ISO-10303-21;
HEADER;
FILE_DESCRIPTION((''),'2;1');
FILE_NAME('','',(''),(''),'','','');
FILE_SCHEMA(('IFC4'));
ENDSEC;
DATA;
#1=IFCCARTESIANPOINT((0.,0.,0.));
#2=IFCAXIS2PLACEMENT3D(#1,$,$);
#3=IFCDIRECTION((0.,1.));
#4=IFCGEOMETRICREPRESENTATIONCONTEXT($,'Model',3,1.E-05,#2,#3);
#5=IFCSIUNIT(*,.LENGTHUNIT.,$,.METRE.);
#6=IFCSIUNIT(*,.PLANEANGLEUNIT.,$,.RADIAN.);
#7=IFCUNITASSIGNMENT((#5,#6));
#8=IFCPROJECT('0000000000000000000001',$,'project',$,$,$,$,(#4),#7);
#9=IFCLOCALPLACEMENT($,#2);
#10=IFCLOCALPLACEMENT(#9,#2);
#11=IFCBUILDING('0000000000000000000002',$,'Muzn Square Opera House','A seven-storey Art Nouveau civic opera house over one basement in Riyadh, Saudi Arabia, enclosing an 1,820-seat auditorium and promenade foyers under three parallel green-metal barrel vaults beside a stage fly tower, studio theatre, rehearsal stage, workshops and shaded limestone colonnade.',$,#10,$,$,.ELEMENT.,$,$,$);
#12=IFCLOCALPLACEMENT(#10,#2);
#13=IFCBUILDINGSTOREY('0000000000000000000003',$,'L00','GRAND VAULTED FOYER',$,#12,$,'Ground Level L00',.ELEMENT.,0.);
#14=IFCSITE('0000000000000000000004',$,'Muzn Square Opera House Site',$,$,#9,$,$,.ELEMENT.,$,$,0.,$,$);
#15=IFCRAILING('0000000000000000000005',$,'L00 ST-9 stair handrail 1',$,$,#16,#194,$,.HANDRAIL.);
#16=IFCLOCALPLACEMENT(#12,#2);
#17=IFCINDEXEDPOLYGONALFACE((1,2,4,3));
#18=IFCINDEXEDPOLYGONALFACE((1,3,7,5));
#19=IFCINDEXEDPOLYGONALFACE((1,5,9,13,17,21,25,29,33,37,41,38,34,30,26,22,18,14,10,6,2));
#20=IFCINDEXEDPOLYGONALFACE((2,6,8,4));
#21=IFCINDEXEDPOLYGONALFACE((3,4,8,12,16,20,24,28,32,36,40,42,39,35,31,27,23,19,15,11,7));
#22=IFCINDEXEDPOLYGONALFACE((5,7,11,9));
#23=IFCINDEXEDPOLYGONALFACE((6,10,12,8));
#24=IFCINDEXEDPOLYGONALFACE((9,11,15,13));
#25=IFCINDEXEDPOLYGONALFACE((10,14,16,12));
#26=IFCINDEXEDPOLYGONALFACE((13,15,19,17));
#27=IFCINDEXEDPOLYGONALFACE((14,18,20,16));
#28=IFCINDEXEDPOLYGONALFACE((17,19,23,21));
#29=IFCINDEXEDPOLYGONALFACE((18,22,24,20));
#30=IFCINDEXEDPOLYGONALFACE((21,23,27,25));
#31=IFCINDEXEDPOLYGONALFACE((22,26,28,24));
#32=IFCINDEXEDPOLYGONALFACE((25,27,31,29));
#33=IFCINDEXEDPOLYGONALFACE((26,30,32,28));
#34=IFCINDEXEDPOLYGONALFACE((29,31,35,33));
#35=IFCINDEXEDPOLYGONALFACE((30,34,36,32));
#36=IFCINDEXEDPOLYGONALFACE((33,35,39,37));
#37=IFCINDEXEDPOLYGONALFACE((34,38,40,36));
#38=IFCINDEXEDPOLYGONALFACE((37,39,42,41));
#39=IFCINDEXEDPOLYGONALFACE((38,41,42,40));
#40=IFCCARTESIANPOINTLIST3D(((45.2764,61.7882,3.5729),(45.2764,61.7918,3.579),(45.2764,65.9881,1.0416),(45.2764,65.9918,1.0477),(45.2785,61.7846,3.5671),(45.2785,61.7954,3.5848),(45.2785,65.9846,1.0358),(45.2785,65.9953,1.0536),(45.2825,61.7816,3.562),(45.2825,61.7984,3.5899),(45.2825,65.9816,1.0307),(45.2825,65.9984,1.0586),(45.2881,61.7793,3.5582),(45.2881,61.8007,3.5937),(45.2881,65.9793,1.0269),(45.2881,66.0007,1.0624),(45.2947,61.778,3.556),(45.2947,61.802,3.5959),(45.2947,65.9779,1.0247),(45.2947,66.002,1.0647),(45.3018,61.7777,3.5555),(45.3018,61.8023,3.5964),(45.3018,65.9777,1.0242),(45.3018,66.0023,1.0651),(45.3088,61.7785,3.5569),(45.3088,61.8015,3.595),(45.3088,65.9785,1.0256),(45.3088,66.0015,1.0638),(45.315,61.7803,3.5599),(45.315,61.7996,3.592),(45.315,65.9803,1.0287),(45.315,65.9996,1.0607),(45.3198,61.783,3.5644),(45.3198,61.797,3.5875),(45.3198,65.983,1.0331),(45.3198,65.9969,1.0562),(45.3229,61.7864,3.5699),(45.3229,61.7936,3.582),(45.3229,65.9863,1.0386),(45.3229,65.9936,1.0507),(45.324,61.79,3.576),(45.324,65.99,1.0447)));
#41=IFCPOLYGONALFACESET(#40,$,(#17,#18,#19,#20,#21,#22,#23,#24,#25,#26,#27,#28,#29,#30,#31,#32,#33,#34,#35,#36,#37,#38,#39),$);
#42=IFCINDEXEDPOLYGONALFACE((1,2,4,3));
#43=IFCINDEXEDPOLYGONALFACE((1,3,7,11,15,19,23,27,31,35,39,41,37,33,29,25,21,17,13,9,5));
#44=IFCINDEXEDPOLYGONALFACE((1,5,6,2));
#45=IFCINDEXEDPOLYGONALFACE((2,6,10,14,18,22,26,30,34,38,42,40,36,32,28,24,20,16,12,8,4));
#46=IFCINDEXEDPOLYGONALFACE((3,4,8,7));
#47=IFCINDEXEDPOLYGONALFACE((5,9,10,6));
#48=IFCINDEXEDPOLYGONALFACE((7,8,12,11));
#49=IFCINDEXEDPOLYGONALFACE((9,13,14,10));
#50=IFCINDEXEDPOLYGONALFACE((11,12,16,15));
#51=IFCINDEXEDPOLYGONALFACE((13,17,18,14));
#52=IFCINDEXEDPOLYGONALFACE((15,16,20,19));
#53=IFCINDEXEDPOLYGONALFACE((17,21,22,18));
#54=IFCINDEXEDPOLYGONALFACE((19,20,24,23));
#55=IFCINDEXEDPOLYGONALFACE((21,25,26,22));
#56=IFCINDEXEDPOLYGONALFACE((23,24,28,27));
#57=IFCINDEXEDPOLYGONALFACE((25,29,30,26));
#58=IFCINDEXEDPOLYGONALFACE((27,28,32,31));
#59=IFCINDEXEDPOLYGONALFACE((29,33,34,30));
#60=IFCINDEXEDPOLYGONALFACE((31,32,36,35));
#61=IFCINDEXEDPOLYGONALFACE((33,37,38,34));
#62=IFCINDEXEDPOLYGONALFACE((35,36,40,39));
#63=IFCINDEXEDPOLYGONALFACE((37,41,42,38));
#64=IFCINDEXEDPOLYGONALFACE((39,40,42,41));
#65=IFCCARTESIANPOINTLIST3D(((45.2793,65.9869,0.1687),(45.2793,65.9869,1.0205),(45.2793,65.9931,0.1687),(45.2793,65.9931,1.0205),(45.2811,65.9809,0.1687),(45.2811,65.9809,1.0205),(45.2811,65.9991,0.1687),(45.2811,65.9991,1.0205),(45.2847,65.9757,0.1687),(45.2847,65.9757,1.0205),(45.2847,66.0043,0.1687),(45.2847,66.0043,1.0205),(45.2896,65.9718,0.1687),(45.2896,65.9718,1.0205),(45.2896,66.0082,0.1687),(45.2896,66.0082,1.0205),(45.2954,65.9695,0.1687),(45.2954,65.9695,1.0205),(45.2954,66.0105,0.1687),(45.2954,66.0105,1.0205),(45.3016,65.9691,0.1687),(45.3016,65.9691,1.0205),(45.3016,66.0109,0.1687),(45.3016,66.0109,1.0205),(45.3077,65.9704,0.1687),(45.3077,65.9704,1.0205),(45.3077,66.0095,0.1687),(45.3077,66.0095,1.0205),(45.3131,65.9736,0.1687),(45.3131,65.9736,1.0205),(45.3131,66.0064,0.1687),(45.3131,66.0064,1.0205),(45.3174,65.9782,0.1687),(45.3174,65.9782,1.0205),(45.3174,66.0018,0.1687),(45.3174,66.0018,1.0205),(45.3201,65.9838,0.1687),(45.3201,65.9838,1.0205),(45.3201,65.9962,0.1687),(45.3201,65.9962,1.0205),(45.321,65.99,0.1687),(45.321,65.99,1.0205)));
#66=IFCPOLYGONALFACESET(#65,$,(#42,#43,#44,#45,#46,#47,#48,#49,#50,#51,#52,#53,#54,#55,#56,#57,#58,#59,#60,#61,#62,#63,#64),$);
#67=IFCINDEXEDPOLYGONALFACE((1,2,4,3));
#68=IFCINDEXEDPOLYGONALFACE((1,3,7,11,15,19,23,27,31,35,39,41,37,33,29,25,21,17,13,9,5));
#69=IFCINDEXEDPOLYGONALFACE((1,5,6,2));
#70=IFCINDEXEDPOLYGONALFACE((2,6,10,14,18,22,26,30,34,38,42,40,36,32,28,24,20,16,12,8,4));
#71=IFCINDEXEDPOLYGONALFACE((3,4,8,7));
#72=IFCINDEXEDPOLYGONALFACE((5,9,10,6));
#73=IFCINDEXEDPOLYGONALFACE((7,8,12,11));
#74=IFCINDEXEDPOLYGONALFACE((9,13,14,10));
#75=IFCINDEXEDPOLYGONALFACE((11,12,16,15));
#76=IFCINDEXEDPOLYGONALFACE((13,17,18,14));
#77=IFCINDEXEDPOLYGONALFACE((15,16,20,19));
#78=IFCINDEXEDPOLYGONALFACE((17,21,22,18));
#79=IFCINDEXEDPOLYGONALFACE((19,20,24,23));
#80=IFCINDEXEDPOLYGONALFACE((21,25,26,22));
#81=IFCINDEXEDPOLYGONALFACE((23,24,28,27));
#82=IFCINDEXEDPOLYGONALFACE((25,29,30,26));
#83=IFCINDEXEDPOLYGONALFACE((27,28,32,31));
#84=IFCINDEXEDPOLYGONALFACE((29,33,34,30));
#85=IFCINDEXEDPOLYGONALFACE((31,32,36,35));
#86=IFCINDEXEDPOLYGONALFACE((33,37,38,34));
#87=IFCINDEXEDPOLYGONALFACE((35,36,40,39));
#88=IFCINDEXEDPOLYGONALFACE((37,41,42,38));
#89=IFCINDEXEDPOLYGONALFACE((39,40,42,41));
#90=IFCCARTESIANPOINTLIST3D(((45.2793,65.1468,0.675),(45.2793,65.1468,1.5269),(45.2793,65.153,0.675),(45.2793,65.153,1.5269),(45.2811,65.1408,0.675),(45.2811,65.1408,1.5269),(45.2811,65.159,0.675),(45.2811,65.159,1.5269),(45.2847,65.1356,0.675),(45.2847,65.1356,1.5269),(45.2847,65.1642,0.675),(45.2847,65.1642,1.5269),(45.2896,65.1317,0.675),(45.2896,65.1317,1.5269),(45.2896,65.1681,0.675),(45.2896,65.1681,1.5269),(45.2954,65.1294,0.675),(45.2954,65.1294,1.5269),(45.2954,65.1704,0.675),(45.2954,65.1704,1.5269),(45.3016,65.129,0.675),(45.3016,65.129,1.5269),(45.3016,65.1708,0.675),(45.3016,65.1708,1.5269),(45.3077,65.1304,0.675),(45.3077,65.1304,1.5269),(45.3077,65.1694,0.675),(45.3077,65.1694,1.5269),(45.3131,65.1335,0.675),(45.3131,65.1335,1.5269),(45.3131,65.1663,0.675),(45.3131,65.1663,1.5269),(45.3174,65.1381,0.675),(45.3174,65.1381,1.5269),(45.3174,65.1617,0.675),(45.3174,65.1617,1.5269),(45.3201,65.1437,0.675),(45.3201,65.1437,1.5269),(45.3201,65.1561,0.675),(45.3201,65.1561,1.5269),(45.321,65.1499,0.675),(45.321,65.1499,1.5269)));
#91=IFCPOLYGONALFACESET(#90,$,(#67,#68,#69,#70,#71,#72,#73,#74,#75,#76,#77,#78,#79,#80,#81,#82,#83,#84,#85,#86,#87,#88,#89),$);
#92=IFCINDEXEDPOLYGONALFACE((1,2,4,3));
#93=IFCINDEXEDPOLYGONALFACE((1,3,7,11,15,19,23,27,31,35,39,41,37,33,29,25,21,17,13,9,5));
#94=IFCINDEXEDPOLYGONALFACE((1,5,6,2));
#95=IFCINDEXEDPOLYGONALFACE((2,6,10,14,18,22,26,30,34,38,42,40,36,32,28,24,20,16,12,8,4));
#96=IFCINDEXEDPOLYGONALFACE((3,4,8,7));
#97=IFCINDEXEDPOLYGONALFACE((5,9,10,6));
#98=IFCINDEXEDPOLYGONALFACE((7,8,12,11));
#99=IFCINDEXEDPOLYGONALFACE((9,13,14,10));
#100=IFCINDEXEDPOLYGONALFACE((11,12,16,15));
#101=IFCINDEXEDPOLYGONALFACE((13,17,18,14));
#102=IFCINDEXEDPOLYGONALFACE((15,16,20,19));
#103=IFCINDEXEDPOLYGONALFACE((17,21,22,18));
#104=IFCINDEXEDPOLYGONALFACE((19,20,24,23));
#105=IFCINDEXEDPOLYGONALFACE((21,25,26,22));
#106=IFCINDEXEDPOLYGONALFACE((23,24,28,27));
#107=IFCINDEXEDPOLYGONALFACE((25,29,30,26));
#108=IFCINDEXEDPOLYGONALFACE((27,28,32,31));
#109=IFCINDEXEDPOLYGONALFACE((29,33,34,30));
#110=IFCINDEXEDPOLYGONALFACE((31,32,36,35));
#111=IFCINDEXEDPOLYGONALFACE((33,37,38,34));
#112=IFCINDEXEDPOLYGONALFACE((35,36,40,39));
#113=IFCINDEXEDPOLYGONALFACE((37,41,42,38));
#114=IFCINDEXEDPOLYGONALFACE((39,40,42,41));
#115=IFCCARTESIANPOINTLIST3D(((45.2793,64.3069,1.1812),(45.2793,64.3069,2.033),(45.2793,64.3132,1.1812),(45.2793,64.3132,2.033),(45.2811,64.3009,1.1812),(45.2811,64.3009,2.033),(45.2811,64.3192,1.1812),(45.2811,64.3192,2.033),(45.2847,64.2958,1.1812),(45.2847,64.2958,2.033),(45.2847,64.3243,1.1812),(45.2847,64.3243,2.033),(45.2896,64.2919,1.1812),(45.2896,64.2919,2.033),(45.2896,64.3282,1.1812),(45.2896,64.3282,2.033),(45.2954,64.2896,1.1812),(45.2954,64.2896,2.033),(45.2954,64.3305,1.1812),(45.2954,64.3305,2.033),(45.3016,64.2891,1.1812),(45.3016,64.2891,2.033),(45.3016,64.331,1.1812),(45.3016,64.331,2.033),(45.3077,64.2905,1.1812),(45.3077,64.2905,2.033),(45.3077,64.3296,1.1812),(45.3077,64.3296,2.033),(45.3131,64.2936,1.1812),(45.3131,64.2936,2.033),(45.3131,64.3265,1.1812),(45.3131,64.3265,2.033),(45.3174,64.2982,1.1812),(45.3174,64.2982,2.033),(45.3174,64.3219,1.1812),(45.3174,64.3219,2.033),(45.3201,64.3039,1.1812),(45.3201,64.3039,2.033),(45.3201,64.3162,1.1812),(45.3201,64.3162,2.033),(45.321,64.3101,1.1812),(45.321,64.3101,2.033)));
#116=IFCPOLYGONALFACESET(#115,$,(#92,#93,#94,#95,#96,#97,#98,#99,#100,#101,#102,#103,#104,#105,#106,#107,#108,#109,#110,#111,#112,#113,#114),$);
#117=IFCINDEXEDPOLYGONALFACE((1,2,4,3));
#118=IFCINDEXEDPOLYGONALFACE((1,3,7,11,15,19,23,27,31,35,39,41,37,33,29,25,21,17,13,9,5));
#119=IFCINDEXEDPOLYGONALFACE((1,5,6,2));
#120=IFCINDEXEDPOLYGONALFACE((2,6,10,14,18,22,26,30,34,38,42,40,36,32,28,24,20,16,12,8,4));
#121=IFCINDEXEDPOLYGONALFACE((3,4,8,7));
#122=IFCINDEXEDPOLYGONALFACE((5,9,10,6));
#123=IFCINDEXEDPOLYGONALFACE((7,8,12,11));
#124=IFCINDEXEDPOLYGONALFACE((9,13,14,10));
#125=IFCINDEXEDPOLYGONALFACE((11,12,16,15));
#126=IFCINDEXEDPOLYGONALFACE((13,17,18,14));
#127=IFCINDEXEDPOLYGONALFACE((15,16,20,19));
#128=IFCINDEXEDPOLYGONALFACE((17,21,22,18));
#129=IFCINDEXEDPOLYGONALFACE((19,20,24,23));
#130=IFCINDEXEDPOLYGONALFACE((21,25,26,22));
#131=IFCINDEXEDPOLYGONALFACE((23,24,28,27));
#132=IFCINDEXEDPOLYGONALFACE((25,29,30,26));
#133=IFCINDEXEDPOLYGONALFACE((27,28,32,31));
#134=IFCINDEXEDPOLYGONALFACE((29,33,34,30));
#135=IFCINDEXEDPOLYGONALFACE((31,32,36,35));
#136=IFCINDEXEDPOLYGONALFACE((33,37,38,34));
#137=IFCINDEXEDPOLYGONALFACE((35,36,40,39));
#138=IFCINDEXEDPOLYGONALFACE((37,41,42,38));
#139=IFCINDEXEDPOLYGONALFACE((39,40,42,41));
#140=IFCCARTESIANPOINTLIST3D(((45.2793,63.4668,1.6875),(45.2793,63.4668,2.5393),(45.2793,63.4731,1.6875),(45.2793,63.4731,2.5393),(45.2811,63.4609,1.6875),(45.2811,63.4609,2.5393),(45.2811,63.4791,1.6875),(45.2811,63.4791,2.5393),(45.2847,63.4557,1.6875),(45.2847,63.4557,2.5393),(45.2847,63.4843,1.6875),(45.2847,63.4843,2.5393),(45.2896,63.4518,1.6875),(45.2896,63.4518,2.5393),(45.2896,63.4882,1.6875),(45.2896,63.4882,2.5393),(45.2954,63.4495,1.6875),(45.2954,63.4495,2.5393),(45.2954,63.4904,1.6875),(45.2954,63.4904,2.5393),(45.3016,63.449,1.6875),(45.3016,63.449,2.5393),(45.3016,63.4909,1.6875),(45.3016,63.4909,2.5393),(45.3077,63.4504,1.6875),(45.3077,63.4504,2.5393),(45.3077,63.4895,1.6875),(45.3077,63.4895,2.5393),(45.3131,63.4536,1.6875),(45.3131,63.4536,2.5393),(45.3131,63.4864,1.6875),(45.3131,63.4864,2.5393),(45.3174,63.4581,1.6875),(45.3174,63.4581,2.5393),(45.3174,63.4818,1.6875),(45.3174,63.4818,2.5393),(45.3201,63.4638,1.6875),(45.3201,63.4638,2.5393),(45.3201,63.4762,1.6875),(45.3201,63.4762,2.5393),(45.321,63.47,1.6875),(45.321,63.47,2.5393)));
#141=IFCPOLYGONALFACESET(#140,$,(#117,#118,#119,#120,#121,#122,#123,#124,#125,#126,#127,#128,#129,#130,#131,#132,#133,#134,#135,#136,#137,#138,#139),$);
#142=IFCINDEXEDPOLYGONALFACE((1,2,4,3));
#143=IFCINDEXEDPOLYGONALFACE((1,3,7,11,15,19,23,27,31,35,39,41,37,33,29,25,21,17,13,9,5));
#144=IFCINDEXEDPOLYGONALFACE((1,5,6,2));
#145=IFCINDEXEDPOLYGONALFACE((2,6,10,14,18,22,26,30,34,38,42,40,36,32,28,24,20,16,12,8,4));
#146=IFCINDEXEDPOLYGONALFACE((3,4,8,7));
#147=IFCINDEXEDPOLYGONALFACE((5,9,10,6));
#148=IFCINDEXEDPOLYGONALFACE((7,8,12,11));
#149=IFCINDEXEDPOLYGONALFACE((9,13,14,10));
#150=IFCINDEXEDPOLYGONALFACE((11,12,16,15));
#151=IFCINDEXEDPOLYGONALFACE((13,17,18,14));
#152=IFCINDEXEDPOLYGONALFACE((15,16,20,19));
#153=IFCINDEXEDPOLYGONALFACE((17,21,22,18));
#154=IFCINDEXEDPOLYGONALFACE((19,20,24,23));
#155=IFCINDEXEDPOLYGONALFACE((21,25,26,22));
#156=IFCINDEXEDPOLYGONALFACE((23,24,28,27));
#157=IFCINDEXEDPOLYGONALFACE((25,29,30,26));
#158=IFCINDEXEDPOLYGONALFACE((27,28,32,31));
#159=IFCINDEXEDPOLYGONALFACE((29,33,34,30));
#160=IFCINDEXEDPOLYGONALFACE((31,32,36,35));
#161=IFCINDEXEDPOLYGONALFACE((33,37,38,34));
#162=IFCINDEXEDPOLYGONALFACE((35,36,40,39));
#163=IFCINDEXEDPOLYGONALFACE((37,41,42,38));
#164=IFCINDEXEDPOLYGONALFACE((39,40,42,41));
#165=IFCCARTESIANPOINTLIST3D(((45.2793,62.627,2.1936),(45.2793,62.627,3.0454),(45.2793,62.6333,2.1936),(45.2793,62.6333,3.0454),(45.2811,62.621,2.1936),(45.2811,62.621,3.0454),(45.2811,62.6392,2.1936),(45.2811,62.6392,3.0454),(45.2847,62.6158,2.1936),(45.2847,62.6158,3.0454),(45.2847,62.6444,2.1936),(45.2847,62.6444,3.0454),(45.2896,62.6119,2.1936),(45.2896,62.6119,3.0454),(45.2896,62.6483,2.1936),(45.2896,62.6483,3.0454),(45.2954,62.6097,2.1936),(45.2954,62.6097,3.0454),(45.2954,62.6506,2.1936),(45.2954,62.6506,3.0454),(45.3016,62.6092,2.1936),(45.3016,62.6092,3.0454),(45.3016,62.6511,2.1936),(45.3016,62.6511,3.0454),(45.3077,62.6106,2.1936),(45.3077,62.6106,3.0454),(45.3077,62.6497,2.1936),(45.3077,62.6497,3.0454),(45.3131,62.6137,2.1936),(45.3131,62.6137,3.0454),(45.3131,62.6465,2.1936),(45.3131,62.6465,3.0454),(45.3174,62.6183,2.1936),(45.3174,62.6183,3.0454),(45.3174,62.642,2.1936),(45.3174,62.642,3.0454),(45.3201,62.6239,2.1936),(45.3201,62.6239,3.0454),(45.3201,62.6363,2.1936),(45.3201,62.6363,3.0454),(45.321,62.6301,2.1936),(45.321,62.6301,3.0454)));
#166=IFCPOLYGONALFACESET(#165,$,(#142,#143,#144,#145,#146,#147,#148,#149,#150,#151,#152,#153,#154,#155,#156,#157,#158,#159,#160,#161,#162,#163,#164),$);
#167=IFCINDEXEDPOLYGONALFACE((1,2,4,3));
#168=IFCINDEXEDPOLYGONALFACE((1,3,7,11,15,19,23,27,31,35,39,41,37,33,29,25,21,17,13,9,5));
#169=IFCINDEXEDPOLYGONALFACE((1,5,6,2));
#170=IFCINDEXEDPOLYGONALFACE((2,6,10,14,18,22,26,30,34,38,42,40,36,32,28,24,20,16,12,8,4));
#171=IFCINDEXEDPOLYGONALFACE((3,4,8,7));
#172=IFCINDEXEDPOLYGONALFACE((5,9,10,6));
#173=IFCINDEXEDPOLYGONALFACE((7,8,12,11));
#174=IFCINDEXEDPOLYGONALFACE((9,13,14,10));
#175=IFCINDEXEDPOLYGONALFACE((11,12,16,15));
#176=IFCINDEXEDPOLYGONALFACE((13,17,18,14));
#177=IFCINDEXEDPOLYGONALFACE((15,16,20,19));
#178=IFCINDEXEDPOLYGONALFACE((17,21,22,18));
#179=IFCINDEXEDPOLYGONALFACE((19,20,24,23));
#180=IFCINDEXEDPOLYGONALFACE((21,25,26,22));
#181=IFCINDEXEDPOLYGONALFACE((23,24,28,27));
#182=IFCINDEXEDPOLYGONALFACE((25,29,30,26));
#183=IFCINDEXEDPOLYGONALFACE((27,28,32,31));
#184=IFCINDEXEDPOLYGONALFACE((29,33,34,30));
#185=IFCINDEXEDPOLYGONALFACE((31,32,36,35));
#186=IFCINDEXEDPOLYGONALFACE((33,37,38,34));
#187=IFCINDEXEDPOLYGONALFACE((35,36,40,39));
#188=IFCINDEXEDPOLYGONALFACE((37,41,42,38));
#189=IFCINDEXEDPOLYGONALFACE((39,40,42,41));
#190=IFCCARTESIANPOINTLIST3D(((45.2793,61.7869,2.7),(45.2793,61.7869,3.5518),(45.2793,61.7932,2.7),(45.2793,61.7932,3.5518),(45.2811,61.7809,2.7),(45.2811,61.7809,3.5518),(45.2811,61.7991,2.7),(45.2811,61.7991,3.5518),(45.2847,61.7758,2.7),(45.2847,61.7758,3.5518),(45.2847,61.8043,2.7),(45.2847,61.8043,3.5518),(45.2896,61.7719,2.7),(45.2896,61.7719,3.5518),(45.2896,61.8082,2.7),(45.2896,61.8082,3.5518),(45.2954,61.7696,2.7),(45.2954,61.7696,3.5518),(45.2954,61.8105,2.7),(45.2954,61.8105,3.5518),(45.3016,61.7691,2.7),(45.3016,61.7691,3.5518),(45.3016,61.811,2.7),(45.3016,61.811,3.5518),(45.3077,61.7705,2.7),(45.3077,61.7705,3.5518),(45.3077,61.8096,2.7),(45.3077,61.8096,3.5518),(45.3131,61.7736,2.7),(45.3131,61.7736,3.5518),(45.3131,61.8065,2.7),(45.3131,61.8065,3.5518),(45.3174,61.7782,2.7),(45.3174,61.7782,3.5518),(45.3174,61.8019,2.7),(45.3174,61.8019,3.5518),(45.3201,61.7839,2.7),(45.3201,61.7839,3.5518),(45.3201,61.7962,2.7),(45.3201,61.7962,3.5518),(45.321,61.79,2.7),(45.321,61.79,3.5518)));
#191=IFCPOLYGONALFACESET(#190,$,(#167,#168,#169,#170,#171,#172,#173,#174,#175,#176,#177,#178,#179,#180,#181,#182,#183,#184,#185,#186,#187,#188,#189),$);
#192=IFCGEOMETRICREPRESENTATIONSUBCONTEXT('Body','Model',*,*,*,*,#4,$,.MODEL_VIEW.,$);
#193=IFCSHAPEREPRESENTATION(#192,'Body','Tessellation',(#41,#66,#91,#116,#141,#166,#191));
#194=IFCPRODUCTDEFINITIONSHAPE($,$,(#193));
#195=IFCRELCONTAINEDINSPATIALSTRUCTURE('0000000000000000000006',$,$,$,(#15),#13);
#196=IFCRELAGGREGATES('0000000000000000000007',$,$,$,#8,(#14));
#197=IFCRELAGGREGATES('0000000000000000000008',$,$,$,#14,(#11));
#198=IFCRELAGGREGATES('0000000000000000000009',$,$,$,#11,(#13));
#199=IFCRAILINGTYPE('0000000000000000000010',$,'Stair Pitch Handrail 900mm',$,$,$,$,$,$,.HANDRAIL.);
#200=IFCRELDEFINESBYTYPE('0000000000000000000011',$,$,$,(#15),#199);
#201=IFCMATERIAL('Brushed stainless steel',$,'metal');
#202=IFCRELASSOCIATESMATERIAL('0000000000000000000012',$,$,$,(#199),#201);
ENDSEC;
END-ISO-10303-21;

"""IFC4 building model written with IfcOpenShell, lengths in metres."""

from ifc_helpers import new_model, si_unit, direction, frame, origin, origin_2d, place, context, subcontext, project, spatial, circle, extrude, material, type_object, element, save


model = new_model("IFC4")

# Units and contexts
model_context = context("Model", 3, precision=1e-05, world=origin(), true_north=direction((0.0, 1.0)))
body_context = subcontext(model_context, "Body", "Model", "MODEL_VIEW")
ifc_project = project(units=[si_unit("LENGTHUNIT", "METRE"), si_unit("PLANEANGLEUNIT", "RADIAN")], contexts=[model_context])

# Site, building, storey
site_placement = place(None, origin())
site = spatial("IfcSite", under=ifc_project, at=site_placement, Name="Muzn Square Opera House Site", CompositionType="ELEMENT", RefElevation=0.0)
building_placement = place(site_placement, origin())
building = spatial("IfcBuilding", under=site, at=building_placement, Name="Muzn Square Opera House", Description="A seven-storey Art Nouveau civic opera house over one basement in Riyadh, Saudi Arabia, enclosing an 1,820-seat auditorium and promenade foyers under three parallel green-metal barrel vaults beside a stage fly tower, studio theatre, rehearsal stage, workshops and shaded limestone colonnade.", CompositionType="ELEMENT")
storey_placement = place(building_placement, origin())
storey = spatial("IfcBuildingStorey", under=building, at=storey_placement, Name="L00", Description="GRAND VAULTED FOYER", LongName="Ground Level L00", CompositionType="ELEMENT", Elevation=0.0)

# Railing
ifc_material_1 = material(Name="Brushed stainless steel", Category="metal")
railing_type_1 = type_object("IfcRailingType", Name="Stair Pitch Handrail 900mm", PredefinedType="HANDRAIL", material=ifc_material_1)
railing_1_placement = place(storey_placement, frame((45.3, 65.99, 0.1687)))
element("IfcRailing", 1, at=railing_1_placement, inside=storey, type_object=railing_type_1, Name="L00 ST-9 stair handrail 1", PredefinedType="HANDRAIL", context=body_context, shape_type="SweptSolid", body=[
    extrude(circle(Radius=0.0239, at=origin_2d()), frame((0.0, 0.0, 0.876), z_axis=(0.0, -0.856476, 0.516186), x_axis=(1.0, 0.0, 0.0)), (0.0, 0.0, 1.0), 4.9038),
    extrude(circle(Radius=0.021, at=origin_2d()), origin(), (0.0, 0.0, 1.0), 0.8518),
    extrude(circle(Radius=0.021, at=origin_2d()), frame((0.0, -0.8401, 0.5063)), (0.0, 0.0, 1.0), 0.8518),
    extrude(circle(Radius=0.021, at=origin_2d()), frame((0.0, -1.6799, 1.0125)), (0.0, 0.0, 1.0), 0.8518),
    extrude(circle(Radius=0.021, at=origin_2d()), frame((0.0, -2.52, 1.5188)), (0.0, 0.0, 1.0), 0.8518),
    extrude(circle(Radius=0.021, at=origin_2d()), frame((0.0, -3.3599, 2.0249)), (0.0, 0.0, 1.0), 0.8518),
    extrude(circle(Radius=0.021, at=origin_2d()), frame((0.0, -4.2, 2.5312)), (0.0, 0.0, 1.0), 0.8518),
])

save(model, "model.ifc")
